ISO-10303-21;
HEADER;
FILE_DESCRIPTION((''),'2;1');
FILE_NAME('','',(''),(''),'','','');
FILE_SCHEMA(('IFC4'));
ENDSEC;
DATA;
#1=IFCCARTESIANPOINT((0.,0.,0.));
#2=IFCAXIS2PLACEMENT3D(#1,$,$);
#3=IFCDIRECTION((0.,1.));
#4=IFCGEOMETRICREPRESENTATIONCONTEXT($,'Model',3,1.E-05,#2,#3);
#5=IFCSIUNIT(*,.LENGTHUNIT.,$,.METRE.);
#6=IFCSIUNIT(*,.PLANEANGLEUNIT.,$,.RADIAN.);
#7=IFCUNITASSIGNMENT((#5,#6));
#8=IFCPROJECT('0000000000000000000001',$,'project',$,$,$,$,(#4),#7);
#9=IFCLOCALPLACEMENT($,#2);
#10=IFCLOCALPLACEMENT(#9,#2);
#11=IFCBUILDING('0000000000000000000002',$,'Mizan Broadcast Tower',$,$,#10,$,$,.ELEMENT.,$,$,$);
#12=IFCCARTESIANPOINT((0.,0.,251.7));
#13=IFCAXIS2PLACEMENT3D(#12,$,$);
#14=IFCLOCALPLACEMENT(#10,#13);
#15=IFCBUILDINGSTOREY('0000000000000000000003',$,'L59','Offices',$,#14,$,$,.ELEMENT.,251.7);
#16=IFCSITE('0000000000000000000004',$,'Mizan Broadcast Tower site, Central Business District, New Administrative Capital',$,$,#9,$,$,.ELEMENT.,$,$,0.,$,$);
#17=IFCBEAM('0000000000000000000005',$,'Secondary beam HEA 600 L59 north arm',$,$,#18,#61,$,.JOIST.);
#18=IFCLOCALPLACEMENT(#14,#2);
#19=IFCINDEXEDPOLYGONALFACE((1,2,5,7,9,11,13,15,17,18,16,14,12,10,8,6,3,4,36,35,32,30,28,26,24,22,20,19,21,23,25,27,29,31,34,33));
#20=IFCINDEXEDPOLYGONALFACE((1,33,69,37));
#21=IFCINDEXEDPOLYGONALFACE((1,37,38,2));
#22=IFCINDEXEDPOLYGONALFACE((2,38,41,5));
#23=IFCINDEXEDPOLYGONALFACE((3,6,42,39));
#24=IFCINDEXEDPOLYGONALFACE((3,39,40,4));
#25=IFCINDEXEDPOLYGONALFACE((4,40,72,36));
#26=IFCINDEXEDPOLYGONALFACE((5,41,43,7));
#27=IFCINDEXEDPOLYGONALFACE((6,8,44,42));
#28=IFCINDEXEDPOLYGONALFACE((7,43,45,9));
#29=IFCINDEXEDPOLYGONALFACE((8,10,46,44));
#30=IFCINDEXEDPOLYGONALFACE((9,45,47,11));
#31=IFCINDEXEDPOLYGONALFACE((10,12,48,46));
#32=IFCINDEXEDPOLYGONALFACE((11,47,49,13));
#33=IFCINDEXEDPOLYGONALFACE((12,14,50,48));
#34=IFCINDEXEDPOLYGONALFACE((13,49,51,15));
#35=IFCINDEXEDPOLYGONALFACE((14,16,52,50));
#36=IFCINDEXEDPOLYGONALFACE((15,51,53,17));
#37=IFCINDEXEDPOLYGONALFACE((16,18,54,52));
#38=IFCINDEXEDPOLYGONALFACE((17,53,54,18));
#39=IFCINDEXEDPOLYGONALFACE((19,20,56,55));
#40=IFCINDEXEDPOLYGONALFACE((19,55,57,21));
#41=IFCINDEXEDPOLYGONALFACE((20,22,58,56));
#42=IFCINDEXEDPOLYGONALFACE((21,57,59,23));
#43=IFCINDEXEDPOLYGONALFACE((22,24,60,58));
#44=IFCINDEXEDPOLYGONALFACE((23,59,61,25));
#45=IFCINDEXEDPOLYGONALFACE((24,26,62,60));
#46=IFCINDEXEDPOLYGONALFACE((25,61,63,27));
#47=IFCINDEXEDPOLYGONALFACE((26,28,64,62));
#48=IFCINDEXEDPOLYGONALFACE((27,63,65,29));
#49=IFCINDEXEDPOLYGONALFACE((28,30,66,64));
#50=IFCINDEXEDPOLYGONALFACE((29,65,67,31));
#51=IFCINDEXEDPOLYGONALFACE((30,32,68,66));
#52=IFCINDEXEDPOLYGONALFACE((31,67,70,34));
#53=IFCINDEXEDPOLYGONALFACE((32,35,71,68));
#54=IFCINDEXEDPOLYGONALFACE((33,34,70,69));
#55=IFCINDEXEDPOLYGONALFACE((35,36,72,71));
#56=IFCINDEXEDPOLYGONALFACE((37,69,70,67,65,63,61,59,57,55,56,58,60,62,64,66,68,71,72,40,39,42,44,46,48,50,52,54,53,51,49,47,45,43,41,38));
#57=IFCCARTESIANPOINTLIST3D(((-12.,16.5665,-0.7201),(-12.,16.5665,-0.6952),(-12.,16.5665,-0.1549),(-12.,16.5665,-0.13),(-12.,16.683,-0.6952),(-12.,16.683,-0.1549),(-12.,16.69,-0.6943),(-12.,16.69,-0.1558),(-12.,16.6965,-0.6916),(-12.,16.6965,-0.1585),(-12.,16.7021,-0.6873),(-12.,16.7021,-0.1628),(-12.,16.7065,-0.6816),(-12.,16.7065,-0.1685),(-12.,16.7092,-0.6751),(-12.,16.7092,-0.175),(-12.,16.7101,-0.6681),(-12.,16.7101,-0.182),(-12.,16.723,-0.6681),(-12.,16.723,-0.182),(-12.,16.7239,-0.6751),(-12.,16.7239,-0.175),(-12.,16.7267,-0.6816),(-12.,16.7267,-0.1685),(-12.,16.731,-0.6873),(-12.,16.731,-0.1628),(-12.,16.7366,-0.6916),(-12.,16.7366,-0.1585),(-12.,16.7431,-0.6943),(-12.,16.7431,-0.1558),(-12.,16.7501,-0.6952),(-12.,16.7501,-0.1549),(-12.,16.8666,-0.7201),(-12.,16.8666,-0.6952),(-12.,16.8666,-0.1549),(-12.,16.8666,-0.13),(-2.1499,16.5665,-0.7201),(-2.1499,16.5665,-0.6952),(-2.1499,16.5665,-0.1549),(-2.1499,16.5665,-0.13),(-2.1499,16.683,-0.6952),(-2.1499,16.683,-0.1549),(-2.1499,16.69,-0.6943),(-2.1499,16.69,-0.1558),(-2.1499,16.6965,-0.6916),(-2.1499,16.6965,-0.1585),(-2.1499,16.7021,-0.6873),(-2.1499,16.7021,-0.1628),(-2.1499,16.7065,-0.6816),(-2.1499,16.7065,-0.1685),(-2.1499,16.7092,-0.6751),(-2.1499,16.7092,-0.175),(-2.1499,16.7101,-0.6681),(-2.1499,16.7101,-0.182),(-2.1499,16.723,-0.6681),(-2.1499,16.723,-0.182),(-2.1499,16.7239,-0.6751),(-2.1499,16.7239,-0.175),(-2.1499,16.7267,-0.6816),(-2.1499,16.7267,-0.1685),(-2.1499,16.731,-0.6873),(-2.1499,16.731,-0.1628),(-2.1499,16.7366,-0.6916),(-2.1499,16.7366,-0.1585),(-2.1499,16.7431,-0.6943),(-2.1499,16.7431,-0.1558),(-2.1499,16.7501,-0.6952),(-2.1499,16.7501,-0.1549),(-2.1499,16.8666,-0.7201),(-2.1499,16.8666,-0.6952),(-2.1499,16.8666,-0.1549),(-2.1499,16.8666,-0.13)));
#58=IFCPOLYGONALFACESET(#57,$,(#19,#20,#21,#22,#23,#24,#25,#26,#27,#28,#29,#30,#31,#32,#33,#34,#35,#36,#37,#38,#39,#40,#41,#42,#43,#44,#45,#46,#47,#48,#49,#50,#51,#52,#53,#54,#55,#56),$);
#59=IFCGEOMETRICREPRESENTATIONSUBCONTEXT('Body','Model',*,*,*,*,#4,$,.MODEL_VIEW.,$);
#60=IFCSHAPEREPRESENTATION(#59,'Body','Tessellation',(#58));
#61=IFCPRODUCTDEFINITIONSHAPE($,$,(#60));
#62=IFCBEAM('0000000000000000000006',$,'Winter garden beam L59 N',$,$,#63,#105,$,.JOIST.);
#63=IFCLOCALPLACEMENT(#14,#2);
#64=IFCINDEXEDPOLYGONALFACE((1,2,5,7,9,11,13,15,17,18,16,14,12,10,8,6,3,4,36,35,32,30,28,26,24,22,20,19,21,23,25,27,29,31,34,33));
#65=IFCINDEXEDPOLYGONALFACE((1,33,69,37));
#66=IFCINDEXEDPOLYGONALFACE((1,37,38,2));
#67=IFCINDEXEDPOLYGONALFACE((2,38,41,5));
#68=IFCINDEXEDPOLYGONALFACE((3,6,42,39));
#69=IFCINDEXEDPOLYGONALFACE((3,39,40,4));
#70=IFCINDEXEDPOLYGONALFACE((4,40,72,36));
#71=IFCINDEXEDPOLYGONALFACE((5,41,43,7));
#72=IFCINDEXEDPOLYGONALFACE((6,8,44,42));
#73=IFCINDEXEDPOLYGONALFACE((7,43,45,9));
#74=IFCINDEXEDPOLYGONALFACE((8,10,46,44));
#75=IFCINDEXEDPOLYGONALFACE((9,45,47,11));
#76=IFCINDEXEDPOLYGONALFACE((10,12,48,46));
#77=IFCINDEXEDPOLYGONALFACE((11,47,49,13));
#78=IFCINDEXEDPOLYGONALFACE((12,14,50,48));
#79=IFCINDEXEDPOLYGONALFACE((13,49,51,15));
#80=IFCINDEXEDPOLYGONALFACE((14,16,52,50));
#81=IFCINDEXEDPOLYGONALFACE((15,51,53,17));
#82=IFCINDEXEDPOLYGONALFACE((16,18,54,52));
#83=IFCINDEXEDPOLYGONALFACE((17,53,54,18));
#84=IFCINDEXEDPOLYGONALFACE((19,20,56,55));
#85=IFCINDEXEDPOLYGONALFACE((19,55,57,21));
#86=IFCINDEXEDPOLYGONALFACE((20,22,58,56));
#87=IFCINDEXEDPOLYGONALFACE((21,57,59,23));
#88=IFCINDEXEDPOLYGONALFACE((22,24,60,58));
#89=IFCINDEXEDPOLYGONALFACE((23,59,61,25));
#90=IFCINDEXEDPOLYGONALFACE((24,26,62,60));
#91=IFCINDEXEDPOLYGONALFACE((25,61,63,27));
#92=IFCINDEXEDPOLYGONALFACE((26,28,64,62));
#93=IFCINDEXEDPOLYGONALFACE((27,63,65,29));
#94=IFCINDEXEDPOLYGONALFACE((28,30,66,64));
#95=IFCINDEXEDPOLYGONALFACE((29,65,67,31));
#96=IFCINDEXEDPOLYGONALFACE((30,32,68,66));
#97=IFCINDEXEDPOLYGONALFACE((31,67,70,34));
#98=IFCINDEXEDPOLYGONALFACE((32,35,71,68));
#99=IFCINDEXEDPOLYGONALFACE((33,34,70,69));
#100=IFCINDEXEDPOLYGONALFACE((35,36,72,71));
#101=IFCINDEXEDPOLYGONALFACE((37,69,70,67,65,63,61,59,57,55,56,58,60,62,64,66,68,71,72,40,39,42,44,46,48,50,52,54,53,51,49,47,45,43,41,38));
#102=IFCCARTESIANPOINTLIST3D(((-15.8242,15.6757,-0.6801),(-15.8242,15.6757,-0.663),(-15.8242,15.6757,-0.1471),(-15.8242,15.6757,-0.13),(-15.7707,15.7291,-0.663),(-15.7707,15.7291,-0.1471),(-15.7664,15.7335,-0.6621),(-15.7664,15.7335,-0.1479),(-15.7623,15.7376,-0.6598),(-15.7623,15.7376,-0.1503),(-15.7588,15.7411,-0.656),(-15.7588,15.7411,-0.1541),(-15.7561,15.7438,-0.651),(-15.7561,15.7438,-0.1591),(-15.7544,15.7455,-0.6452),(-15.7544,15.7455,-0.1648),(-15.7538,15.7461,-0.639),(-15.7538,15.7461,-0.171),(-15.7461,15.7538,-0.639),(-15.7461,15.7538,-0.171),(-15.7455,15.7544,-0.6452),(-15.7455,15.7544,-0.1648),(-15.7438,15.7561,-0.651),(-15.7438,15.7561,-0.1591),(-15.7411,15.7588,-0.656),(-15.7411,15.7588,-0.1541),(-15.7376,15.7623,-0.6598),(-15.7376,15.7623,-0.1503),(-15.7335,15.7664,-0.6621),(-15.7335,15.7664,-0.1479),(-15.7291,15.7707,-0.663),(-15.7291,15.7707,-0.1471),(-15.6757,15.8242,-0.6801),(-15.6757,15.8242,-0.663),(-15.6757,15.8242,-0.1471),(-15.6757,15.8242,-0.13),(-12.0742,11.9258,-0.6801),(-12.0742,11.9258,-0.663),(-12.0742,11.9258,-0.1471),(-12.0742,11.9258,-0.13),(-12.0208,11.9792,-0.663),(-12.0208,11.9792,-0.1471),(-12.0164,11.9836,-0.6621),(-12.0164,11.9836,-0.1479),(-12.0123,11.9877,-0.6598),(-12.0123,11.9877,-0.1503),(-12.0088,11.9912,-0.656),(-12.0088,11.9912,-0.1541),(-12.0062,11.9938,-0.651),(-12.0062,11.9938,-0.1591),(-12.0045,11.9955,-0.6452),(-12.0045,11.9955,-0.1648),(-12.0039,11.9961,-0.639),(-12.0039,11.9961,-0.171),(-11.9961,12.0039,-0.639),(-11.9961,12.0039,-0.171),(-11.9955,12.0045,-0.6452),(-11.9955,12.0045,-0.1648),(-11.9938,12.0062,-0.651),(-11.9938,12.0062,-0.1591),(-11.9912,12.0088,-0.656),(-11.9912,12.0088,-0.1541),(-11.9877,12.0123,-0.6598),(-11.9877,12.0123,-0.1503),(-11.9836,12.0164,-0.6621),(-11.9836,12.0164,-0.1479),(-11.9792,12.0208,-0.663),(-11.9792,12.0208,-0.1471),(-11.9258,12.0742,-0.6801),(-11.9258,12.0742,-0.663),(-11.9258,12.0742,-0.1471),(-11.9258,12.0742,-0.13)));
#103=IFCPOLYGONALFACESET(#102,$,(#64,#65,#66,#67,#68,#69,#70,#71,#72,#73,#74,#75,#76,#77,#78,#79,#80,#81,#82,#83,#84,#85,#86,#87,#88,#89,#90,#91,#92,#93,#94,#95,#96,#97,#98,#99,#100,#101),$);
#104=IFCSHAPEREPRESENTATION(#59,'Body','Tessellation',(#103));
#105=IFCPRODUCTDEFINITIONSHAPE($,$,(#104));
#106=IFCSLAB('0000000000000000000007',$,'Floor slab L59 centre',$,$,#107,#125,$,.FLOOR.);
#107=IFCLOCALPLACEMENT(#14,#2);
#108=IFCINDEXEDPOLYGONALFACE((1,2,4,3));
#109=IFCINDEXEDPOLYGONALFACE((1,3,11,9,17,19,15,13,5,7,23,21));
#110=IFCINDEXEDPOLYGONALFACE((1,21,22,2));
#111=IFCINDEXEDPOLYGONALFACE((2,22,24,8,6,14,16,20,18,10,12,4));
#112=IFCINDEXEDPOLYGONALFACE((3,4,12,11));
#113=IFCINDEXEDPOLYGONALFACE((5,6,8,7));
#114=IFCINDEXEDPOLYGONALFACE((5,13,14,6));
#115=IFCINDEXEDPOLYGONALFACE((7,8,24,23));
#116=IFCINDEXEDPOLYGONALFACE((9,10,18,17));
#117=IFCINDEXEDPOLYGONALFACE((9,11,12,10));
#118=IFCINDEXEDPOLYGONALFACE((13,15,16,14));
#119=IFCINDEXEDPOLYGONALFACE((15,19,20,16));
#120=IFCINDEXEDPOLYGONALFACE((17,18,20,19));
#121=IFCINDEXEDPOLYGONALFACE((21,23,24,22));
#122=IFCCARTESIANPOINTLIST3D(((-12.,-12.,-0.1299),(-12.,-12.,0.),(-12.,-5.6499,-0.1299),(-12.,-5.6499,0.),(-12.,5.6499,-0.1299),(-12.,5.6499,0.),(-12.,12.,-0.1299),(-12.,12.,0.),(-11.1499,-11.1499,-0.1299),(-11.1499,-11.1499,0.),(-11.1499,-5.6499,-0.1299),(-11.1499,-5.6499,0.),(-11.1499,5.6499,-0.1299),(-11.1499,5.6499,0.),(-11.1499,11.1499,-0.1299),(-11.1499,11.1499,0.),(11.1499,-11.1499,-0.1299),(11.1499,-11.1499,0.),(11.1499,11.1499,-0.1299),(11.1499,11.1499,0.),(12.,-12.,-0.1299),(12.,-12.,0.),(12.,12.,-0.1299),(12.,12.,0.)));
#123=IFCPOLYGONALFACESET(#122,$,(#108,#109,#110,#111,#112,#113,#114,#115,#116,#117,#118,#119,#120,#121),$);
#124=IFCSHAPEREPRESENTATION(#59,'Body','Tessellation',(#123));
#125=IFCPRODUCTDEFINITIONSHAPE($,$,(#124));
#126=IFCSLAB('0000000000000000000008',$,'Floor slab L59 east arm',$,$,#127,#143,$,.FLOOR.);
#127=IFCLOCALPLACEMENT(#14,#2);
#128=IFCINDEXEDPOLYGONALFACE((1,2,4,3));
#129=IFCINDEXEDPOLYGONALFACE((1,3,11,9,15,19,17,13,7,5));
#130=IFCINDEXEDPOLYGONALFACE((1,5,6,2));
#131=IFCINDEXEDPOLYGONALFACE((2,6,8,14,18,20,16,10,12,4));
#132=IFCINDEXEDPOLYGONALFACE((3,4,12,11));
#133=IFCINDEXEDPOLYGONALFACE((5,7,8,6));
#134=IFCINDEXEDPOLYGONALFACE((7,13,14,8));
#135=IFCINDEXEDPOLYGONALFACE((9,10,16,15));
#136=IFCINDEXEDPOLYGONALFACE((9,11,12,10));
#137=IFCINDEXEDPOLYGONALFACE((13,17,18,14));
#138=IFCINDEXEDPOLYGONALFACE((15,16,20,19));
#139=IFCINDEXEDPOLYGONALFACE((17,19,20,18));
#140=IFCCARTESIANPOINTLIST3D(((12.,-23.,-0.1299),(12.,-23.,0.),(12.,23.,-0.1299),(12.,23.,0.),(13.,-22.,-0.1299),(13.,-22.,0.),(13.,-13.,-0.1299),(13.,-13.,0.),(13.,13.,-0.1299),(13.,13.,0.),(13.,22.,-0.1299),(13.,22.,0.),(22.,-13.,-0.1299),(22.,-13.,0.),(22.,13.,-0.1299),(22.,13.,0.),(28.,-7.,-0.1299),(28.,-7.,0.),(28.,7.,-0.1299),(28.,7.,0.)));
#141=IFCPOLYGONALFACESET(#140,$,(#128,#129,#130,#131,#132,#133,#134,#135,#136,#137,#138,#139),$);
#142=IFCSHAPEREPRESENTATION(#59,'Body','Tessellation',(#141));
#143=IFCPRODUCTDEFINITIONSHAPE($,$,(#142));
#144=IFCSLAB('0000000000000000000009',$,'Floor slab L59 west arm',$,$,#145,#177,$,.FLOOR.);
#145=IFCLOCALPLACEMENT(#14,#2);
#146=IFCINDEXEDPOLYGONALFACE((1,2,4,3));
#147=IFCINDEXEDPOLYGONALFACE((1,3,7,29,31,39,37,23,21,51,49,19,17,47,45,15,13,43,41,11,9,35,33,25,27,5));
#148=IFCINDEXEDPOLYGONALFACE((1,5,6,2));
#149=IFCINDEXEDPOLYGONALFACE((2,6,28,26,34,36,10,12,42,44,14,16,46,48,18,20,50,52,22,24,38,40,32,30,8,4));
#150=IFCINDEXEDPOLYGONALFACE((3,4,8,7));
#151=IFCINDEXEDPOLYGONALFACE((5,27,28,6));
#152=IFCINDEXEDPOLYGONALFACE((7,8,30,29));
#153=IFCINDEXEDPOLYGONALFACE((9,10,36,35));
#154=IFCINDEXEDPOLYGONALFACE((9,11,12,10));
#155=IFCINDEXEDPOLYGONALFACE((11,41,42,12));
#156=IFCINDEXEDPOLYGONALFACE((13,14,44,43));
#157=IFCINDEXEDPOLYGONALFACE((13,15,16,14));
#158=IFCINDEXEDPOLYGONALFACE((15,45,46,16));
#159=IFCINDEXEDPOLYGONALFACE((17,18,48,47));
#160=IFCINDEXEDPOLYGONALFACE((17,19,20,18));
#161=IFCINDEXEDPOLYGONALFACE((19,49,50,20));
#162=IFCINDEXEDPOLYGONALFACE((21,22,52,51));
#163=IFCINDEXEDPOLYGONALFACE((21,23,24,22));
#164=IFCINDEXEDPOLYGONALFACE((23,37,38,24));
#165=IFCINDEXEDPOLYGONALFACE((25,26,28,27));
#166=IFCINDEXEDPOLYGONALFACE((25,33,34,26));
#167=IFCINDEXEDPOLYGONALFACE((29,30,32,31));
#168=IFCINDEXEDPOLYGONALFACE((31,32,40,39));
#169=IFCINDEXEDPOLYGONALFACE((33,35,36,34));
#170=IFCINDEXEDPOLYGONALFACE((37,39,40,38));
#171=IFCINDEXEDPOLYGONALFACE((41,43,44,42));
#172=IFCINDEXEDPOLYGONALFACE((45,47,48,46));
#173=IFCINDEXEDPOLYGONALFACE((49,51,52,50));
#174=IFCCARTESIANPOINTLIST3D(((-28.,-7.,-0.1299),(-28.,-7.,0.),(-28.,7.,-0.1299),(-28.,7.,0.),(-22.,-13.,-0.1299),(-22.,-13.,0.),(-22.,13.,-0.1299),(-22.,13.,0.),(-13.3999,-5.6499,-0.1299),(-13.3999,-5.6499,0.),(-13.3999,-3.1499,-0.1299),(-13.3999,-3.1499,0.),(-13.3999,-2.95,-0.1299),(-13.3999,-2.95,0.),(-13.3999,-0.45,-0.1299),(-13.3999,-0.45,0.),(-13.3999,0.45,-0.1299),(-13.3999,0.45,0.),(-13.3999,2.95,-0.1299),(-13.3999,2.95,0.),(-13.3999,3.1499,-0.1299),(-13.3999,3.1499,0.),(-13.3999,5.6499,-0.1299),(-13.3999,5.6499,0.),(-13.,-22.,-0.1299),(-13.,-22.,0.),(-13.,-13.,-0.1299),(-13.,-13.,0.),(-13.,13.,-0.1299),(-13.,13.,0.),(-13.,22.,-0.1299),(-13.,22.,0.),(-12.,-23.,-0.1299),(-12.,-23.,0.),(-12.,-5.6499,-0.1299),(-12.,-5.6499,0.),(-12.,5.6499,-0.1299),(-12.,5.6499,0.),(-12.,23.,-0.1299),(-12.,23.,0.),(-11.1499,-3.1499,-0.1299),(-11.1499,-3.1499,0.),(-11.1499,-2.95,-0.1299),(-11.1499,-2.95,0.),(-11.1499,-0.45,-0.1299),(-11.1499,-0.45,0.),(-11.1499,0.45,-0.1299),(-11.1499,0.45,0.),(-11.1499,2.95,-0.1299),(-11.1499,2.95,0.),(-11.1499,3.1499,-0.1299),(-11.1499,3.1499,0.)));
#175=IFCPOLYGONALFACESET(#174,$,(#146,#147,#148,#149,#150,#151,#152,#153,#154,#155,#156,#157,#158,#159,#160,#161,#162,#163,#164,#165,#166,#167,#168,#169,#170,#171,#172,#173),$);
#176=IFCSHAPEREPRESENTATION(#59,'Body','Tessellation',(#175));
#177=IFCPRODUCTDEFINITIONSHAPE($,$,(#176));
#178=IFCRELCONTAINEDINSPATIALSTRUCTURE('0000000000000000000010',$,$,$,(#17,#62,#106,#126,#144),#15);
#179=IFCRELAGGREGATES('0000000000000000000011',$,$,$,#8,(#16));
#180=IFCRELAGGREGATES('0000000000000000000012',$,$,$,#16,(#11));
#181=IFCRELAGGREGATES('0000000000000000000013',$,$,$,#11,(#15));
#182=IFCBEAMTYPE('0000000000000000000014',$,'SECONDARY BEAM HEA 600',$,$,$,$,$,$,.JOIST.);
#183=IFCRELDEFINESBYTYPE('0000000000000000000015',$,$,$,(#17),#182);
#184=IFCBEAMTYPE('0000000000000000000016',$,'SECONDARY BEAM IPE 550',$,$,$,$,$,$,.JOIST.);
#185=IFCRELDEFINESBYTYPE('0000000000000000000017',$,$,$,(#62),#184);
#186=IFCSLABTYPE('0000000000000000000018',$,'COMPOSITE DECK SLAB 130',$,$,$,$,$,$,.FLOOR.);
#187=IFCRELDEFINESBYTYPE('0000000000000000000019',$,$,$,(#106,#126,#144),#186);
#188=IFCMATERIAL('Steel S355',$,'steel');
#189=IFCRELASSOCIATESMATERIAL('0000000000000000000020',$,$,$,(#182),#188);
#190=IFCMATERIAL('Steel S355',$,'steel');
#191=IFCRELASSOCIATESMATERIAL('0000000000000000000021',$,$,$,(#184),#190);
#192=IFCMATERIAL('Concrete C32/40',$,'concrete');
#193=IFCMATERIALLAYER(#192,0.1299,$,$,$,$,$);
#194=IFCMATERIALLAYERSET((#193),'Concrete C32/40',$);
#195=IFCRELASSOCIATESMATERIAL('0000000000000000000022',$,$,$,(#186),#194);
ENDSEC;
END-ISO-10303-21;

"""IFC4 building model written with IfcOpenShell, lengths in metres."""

from ifc_helpers import new_model, si_unit, direction, frame, origin, origin_2d, place, context, subcontext, project, spatial, polyline, i_section, outline, extrude, material, layer, layer_set, material_profile, profile_set, type_object, element, save


model = new_model("IFC4")

# Units and contexts
model_context = context("Model", 3, precision=1e-05, world=origin(), true_north=direction((0.0, 1.0)))
body_context = subcontext(model_context, "Body", "Model", "MODEL_VIEW")
ifc_project = project(units=[si_unit("LENGTHUNIT", "METRE"), si_unit("PLANEANGLEUNIT", "RADIAN")], contexts=[model_context])

# Site, building, storey
site_placement = place(None, origin())
site = spatial("IfcSite", under=ifc_project, at=site_placement, Name="Mizan Broadcast Tower site, Central Business District, New Administrative Capital", CompositionType="ELEMENT", RefElevation=0.0)
building_placement = place(site_placement, origin())
building = spatial("IfcBuilding", under=site, at=building_placement, Name="Mizan Broadcast Tower", CompositionType="ELEMENT")
storey_placement = place(building_placement, frame((0.0, 0.0, 251.7)))
storey = spatial("IfcBuildingStorey", under=building, at=storey_placement, Name="L59", Description="Offices", CompositionType="ELEMENT", Elevation=251.7)

# Beams
ifc_material_1 = material(Name="Steel S355", Category="steel")
ifc_material_profile_1 = material_profile(ifc_material_1, i_section(OverallWidth=0.3, OverallDepth=0.5901, WebThickness=0.0129, FlangeThickness=0.0249, FilletRadius=0.0271, at=origin_2d()), Name="HEA 600")
ifc_profile_set_1 = profile_set([ifc_material_profile_1], Name="Steel S355")
beam_type_1 = type_object("IfcBeamType", Name="SECONDARY BEAM HEA 600", PredefinedType="JOIST", material=ifc_profile_set_1)
for number, where, z_axis, x_axis, name in (
    (1, (-12.0, 16.7166, -0.425), (1.0, 0.0, 0.0), (0.0, 1.0, 0.0), "Secondary beam HEA 600 L59 north arm"),
):
    element("IfcBeam", number, at=place(storey_placement, frame(where, z_axis=z_axis, x_axis=x_axis)), inside=storey, type_object=beam_type_1, Name=name, PredefinedType="JOIST", context=body_context, shape_type="SweptSolid", body=[
        extrude(i_section(OverallWidth=0.3, OverallDepth=0.5901, WebThickness=0.0129, FlangeThickness=0.0249, FilletRadius=0.0271, at=origin_2d()), origin(), (0.0, 0.0, 1.0), 9.8501),
    ])
ifc_material_2 = material(Name="Steel S355", Category="steel")
ifc_material_profile_2 = material_profile(ifc_material_2, i_section(OverallWidth=0.21, OverallDepth=0.55, WebThickness=0.011, FlangeThickness=0.0171, FilletRadius=0.0239, at=origin_2d()), Name="IPE 550")
ifc_profile_set_2 = profile_set([ifc_material_profile_2], Name="Steel S355")
beam_type_2 = type_object("IfcBeamType", Name="SECONDARY BEAM IPE 550", PredefinedType="JOIST", material=ifc_profile_set_2)
beam_1_placement = place(storey_placement, frame((-12.0, 12.0, -0.405), z_axis=(-0.707107, 0.707107, 0.0), x_axis=(-0.707107, -0.707107, 0.0)))
element("IfcBeam", 2, at=beam_1_placement, inside=storey, type_object=beam_type_2, Name="Winter garden beam L59 N", PredefinedType="JOIST", context=body_context, shape_type="SweptSolid", body=[
    extrude(i_section(OverallWidth=0.21, OverallDepth=0.55, WebThickness=0.011, FlangeThickness=0.0171, FilletRadius=0.0239, at=origin_2d()), origin(), (0.0, 0.0, 1.0), 5.3032),
])

# Slabs
ifc_material_3 = material(Name="Concrete C32/40", Category="concrete")
ifc_layer_1 = layer(ifc_material_3, 0.1299)
ifc_layer_set_1 = layer_set([ifc_layer_1], Name="Concrete C32/40")
slab_type = type_object("IfcSlabType", Name="COMPOSITE DECK SLAB 130", PredefinedType="FLOOR", material=ifc_layer_set_1)
slab_1_placement = place(storey_placement, frame((0.0, 0.0, -0.1299)))
element("IfcSlab", 3, at=slab_1_placement, inside=storey, type_object=slab_type, Name="Floor slab L59 centre", PredefinedType="FLOOR", context=body_context, shape_type="SweptSolid", body=[
    extrude(outline(polyline([(-11.1499, -5.6499), (-12.0, -5.6499), (-12.0, -12.0), (12.0, -12.0), (12.0, 12.0), (-12.0, 12.0), (-12.0, 5.6499), (-11.1499, 5.6499), (-11.1499, 11.1499), (11.1499, 11.1499), (11.1499, -11.1499), (-11.1499, -11.1499), (-11.1499, -5.6499)])), origin(), (0.0, 0.0, 1.0), 0.1299),
])
slab_2_placement = place(storey_placement, frame((0.0, 0.0, -0.1299)))
element("IfcSlab", 4, at=slab_2_placement, inside=storey, type_object=slab_type, Name="Floor slab L59 east arm", PredefinedType="FLOOR", context=body_context, shape_type="SweptSolid", body=[
    extrude(outline(polyline([(13.0, 22.0), (12.0, 23.0), (12.0, -23.0), (13.0, -22.0), (13.0, -13.0), (22.0, -13.0), (28.0, -7.0), (28.0, 7.0), (22.0, 13.0), (13.0, 13.0), (13.0, 22.0)])), origin(), (0.0, 0.0, 1.0), 0.1299),
])
slab_3_placement = place(storey_placement, frame((0.0, 0.0, -0.1299)))
element("IfcSlab", 5, at=slab_3_placement, inside=storey, type_object=slab_type, Name="Floor slab L59 west arm", PredefinedType="FLOOR", context=body_context, shape_type="SweptSolid", body=[
    extrude(outline(polyline([(-22.0, 13.0), (-28.0, 7.0), (-28.0, -7.0), (-22.0, -13.0), (-13.0, -13.0), (-13.0, -22.0), (-12.0, -23.0), (-12.0, -5.6499), (-13.3999, -5.6499), (-13.3999, -3.1499), (-11.1499, -3.1499), (-11.1499, -2.95), (-13.3999, -2.95), (-13.3999, -0.45), (-11.1499, -0.45), (-11.1499, 0.45), (-13.3999, 0.45), (-13.3999, 2.95), (-11.1499, 2.95), (-11.1499, 3.1499), (-13.3999, 3.1499), (-13.3999, 5.6499), (-12.0, 5.6499), (-12.0, 23.0), (-13.0, 22.0), (-13.0, 13.0), (-22.0, 13.0)])), origin(), (0.0, 0.0, 1.0), 0.1299),
])

save(model, "model.ifc")
